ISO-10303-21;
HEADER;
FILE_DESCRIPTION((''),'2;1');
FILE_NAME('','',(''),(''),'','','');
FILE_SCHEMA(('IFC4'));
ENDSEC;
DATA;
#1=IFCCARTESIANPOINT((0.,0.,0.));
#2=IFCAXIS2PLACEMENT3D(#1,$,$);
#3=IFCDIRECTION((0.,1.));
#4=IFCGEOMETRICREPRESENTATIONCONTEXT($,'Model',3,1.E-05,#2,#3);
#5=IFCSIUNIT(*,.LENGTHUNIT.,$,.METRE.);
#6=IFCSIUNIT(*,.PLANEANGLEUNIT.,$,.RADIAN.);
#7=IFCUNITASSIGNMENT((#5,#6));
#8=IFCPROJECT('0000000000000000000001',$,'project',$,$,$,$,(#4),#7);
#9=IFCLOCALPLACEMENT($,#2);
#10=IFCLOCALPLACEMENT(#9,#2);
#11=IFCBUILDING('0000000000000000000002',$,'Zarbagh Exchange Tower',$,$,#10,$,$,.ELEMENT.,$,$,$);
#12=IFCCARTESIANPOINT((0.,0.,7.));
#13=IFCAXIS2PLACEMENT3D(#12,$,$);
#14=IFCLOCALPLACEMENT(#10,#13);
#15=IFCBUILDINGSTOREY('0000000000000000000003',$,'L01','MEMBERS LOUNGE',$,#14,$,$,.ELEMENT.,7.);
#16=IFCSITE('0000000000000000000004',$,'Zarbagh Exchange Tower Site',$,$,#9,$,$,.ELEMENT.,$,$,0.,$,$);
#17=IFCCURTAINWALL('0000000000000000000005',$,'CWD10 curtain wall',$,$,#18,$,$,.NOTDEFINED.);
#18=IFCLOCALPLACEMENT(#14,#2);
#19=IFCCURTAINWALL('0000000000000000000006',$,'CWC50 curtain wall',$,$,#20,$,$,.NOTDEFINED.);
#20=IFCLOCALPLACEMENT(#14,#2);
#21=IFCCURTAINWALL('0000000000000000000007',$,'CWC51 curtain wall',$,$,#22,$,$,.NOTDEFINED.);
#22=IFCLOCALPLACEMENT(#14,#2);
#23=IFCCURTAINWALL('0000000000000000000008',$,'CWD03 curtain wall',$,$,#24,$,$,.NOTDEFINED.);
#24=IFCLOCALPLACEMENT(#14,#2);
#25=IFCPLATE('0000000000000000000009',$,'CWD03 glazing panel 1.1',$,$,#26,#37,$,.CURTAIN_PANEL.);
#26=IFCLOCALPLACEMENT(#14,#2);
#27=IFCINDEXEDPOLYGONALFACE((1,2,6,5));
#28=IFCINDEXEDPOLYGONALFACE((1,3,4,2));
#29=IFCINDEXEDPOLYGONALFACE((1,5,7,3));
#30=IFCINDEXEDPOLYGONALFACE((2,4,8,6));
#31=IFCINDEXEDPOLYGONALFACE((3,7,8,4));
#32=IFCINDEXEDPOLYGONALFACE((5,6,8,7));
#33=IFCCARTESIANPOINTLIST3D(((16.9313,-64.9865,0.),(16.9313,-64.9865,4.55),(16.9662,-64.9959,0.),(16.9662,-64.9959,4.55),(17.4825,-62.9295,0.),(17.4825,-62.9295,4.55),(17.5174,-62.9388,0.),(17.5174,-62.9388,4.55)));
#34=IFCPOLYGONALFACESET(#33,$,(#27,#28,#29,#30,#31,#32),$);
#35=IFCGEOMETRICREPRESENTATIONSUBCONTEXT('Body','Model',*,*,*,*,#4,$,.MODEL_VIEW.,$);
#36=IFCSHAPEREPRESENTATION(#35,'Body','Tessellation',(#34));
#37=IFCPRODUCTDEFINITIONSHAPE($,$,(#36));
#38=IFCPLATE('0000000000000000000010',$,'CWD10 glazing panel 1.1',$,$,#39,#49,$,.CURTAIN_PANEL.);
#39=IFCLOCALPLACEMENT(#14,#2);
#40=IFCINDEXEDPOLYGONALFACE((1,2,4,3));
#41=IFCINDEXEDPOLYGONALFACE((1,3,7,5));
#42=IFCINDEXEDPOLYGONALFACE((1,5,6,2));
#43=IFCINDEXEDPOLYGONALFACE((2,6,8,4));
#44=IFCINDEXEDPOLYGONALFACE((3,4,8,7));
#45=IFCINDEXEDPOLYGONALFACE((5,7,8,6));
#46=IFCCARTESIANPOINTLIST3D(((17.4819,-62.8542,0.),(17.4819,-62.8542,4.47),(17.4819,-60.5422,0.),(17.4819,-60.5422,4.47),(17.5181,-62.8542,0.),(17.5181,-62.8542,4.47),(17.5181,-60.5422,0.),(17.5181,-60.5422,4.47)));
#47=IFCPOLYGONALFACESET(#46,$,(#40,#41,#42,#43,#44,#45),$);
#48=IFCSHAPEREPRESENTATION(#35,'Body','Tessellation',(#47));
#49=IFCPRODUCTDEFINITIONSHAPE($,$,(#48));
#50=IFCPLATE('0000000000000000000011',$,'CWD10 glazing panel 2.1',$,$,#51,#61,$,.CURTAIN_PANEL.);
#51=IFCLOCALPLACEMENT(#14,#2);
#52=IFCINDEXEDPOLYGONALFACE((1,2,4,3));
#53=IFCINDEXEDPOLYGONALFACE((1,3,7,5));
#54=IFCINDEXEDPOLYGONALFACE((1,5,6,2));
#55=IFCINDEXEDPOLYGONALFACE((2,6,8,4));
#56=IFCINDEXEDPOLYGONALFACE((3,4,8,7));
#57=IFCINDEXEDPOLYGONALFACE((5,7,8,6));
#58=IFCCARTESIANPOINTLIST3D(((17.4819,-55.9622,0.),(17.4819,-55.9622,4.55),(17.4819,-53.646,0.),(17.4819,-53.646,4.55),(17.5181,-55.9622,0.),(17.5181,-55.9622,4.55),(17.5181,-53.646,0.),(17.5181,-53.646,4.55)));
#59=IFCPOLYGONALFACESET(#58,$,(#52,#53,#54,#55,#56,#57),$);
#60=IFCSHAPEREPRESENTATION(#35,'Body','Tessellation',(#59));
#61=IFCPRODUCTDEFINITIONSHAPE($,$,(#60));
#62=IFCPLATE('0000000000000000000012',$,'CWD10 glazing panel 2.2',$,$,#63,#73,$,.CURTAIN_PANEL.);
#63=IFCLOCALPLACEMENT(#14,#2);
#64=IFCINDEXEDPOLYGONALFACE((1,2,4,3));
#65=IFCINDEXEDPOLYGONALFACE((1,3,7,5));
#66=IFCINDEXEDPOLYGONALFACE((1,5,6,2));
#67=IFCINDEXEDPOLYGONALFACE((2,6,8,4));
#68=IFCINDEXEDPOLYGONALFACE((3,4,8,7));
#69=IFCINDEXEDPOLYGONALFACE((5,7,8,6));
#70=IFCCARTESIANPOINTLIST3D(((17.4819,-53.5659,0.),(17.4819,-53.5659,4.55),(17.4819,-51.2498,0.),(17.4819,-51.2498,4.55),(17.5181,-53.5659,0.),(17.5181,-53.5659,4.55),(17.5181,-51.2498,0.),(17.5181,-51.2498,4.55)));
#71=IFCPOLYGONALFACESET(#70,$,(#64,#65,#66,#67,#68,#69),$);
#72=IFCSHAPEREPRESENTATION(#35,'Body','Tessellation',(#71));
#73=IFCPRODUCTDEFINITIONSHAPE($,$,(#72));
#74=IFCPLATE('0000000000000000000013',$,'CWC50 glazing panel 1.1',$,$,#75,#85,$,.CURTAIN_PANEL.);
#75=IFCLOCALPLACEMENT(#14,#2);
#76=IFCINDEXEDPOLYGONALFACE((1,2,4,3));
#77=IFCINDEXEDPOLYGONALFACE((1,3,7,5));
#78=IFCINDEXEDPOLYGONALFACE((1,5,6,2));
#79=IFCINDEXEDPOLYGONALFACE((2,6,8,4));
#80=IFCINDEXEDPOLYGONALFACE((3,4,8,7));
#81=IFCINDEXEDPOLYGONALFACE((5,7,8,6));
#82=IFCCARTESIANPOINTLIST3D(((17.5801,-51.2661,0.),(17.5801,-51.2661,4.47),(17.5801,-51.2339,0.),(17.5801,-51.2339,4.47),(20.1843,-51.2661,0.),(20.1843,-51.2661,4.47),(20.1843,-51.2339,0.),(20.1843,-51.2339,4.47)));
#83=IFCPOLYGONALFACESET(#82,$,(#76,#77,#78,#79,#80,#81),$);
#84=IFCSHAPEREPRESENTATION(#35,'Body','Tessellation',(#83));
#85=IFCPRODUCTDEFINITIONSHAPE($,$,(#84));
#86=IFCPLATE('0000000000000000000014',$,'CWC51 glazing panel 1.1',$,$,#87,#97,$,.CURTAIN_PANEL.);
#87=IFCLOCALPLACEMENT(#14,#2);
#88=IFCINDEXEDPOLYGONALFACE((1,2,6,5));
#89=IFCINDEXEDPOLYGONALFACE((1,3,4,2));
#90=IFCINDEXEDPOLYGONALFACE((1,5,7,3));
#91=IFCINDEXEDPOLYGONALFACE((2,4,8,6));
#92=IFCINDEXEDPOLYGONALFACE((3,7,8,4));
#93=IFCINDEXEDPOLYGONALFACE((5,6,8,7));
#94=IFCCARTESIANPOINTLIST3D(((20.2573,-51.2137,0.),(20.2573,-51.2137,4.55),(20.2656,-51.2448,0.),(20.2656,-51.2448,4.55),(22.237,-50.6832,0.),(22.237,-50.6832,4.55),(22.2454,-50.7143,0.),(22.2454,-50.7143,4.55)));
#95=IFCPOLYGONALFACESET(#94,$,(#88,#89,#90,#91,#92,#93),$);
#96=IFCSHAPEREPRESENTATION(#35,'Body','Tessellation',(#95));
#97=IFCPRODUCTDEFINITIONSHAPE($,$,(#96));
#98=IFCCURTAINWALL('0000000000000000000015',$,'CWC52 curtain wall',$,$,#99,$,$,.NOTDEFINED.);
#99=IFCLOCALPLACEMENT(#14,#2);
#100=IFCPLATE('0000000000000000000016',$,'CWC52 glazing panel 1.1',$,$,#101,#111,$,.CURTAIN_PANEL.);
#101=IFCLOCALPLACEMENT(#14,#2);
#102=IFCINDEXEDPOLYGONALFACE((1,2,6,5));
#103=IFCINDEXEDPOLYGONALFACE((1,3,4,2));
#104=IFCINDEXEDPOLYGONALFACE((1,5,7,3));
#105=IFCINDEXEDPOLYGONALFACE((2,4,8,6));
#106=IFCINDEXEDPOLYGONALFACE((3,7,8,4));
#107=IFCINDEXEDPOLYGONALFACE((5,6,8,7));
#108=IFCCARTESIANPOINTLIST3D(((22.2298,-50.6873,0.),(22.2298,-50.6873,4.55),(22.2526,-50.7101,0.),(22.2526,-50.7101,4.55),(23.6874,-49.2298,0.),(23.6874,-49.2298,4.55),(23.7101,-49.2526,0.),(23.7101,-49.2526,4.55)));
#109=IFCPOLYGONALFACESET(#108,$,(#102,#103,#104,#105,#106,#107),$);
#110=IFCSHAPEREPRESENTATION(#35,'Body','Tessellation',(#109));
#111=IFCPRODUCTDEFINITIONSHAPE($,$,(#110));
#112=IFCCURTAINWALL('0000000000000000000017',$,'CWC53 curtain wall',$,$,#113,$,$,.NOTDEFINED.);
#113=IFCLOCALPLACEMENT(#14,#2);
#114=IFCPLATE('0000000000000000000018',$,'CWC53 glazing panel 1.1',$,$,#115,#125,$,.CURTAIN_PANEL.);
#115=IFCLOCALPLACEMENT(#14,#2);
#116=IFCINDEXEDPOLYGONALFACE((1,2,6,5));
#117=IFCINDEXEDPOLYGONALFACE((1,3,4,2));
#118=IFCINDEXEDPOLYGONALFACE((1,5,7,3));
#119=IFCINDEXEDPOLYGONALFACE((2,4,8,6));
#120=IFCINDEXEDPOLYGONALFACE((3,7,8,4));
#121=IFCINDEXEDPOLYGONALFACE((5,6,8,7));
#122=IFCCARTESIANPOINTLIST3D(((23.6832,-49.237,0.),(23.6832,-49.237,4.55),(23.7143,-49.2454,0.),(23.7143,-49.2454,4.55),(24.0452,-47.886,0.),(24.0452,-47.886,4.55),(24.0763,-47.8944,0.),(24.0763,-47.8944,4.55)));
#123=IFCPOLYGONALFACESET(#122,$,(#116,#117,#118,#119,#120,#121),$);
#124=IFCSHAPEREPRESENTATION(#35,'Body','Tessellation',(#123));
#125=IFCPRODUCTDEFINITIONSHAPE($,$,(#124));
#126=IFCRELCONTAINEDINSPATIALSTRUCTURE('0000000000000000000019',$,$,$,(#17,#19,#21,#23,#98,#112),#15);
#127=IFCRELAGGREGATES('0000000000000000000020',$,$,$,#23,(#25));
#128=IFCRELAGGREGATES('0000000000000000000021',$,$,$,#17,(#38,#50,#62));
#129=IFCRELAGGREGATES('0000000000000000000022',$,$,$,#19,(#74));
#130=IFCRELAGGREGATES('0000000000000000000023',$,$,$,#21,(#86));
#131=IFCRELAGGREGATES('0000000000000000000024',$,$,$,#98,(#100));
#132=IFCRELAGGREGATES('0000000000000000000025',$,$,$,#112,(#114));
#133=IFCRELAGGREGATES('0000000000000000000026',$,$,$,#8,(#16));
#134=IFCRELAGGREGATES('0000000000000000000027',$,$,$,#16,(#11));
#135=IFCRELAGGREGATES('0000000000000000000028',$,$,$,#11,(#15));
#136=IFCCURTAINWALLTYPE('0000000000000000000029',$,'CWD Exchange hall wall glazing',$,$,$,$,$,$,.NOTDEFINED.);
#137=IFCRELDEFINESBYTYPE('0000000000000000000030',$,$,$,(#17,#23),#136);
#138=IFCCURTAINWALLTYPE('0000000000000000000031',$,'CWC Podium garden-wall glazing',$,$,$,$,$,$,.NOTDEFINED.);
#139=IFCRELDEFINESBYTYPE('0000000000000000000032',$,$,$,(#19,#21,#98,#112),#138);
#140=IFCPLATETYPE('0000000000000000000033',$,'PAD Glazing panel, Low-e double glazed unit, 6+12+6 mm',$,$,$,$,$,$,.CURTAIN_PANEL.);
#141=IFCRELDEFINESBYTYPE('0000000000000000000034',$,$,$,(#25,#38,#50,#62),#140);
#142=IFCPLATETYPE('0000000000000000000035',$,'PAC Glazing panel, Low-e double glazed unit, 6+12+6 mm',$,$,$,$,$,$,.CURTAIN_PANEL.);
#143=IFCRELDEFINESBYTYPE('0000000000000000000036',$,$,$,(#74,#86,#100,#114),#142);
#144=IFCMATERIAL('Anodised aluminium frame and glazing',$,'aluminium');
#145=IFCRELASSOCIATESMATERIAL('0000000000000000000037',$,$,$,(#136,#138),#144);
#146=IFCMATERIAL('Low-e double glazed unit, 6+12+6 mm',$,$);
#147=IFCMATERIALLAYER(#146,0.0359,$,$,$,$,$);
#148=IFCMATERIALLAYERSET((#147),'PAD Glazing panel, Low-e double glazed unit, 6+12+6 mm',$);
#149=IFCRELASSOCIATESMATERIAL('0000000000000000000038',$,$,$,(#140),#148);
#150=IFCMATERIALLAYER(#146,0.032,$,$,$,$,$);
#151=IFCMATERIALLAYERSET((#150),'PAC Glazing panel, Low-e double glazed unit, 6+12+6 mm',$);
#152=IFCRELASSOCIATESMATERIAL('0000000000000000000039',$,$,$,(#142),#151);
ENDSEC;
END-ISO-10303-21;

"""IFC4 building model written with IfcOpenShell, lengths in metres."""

from ifc_helpers import new_model, si_unit, direction, frame, origin, place, context, subcontext, project, spatial, polyline, outline, extrude, source, transform, mapped, material, layer, layer_set, type_object, element, aggregate, save


model = new_model("IFC4")

# Units and contexts
model_context = context("Model", 3, precision=1e-05, world=origin(), true_north=direction((0.0, 1.0)))
body_context = subcontext(model_context, "Body", "Model", "MODEL_VIEW")
ifc_project = project(units=[si_unit("LENGTHUNIT", "METRE"), si_unit("PLANEANGLEUNIT", "RADIAN")], contexts=[model_context])

# Site, building, storey
site_placement = place(None, origin())
site = spatial("IfcSite", under=ifc_project, at=site_placement, Name="Zarbagh Exchange Tower Site", CompositionType="ELEMENT", RefElevation=0.0)
building_placement = place(site_placement, origin())
building = spatial("IfcBuilding", under=site, at=building_placement, Name="Zarbagh Exchange Tower", CompositionType="ELEMENT")
storey_placement = place(building_placement, frame((0.0, 0.0, 7.0)))
storey = spatial("IfcBuildingStorey", under=building, at=storey_placement, Name="L01", Description="MEMBERS LOUNGE", CompositionType="ELEMENT", Elevation=7.0)

# Shared definitions
ifc_material_1 = material(Name="Anodised aluminium frame and glazing", Category="aluminium")
curtain_wall_type_1 = type_object("IfcCurtainWallType", Name="CWD Exchange hall wall glazing", PredefinedType="NOTDEFINED", material=ifc_material_1)
placement = place(storey_placement, origin())

# Curtain wall
curtain_wall_1_placement = place(storey_placement, origin())
curtain_wall_1 = element("IfcCurtainWall", 1, at=curtain_wall_1_placement, inside=storey, type_object=curtain_wall_type_1, Name="CWD10 curtain wall", PredefinedType="NOTDEFINED")

# Curtain walls
curtain_wall_type_2 = type_object("IfcCurtainWallType", Name="CWC Podium garden-wall glazing", PredefinedType="NOTDEFINED", material=ifc_material_1)
curtain_wall_2_placement = place(storey_placement, origin())
curtain_wall_2 = element("IfcCurtainWall", 2, at=curtain_wall_2_placement, inside=storey, type_object=curtain_wall_type_2, Name="CWC50 curtain wall", PredefinedType="NOTDEFINED")
curtain_wall_3_placement = place(storey_placement, origin())
curtain_wall_3 = element("IfcCurtainWall", 3, at=curtain_wall_3_placement, inside=storey, type_object=curtain_wall_type_2, Name="CWC51 curtain wall", PredefinedType="NOTDEFINED")

# Shared definitions
ifc_material_2 = material(Name="Low-e double glazed unit, 6+12+6 mm")
ifc_layer_1 = layer(ifc_material_2, 0.0359)
ifc_layer_set_1 = layer_set([ifc_layer_1], Name="PAD Glazing panel, Low-e double glazed unit, 6+12+6 mm")
plate_type_1 = type_object("IfcPlateType", Name="PAD Glazing panel, Low-e double glazed unit, 6+12+6 mm", PredefinedType="CURTAIN_PANEL", material=ifc_layer_set_1)

# Curtain wall, plate
curtain_wall_4_placement = place(storey_placement, origin())
curtain_wall_4 = element("IfcCurtainWall", 4, at=curtain_wall_4_placement, inside=storey, type_object=curtain_wall_type_1, Name="CWD03 curtain wall", PredefinedType="NOTDEFINED")
shared_shape_1 = source(origin(), body_context, "Body", "SweptSolid", [
    extrude(outline(polyline([(0.0, -0.0181), (2.1296, -0.0181), (2.1296, 0.0181), (0.0, 0.0181), (0.0, -0.0181)])), origin(), (0.0, 0.0, 1.0), 4.55),
])
plate_1 = element("IfcPlate", 5, at=placement, type_object=plate_type_1, Name="CWD03 glazing panel 1.1", PredefinedType="CURTAIN_PANEL", context=body_context, shape_type="MappedRepresentation", body=[
    mapped(shared_shape_1, transform((16.9487, -64.9912, 0.0), x_axis=(0.258825, 0.965924, 0.0), y_axis=(-0.965924, 0.258825, 0.0), z_axis=(0.0, 0.0, 1.0))),
])
aggregate(curtain_wall_4, [plate_1])

# Plates
shared_shape_2 = source(origin(), body_context, "Body", "SweptSolid", [
    extrude(outline(polyline([(0.0, -0.0181), (2.312, -0.0181), (2.312, 0.0181), (0.0, 0.0181), (0.0, -0.0181)])), origin(), (0.0, 0.0, 1.0), 4.47),
])
plate_2 = element("IfcPlate", 6, at=placement, type_object=plate_type_1, Name="CWD10 glazing panel 1.1", PredefinedType="CURTAIN_PANEL", context=body_context, shape_type="MappedRepresentation", body=[
    mapped(shared_shape_2, transform((17.5, -62.8542, 0.0), x_axis=(0.0, 1.0, 0.0), y_axis=(-1.0, 0.0, 0.0), z_axis=(0.0, 0.0, 1.0))),
])
shared_shape_3 = source(origin(), body_context, "Body", "SweptSolid", [
    extrude(outline(polyline([(0.0, -0.0181), (2.3162, -0.0181), (2.3162, 0.0181), (0.0, 0.0181), (0.0, -0.0181)])), origin(), (0.0, 0.0, 1.0), 4.55),
])
plate_3 = element("IfcPlate", 7, at=placement, type_object=plate_type_1, Name="CWD10 glazing panel 2.1", PredefinedType="CURTAIN_PANEL", context=body_context, shape_type="MappedRepresentation", body=[
    mapped(shared_shape_3, transform((17.5, -55.9622, 0.0), x_axis=(0.0, 1.0, 0.0), y_axis=(-1.0, 0.0, 0.0), z_axis=(0.0, 0.0, 1.0))),
])
plate_4 = element("IfcPlate", 8, at=placement, type_object=plate_type_1, Name="CWD10 glazing panel 2.2", PredefinedType="CURTAIN_PANEL", context=body_context, shape_type="MappedRepresentation", body=[
    mapped(shared_shape_3, transform((17.5, -53.5659, 0.0), x_axis=(0.0, 1.0, 0.0), y_axis=(-1.0, 0.0, 0.0), z_axis=(0.0, 0.0, 1.0))),
])
aggregate(curtain_wall_1, [plate_2, plate_3, plate_4])
ifc_layer_2 = layer(ifc_material_2, 0.032)
ifc_layer_set_2 = layer_set([ifc_layer_2], Name="PAC Glazing panel, Low-e double glazed unit, 6+12+6 mm")
plate_type_2 = type_object("IfcPlateType", Name="PAC Glazing panel, Low-e double glazed unit, 6+12+6 mm", PredefinedType="CURTAIN_PANEL", material=ifc_layer_set_2)
shared_shape_4 = source(origin(), body_context, "Body", "SweptSolid", [
    extrude(outline(polyline([(0.0, -0.0161), (2.6042, -0.0161), (2.6042, 0.0161), (0.0, 0.0161), (0.0, -0.0161)])), origin(), (0.0, 0.0, 1.0), 4.47),
])
plate_5 = element("IfcPlate", 9, at=placement, type_object=plate_type_2, Name="CWC50 glazing panel 1.1", PredefinedType="CURTAIN_PANEL", context=body_context, shape_type="MappedRepresentation", body=[
    mapped(shared_shape_4, transform((17.5801, -51.25, 0.0), x_axis=(1.0, 0.0, 0.0), y_axis=(0.0, 1.0, 0.0), z_axis=(0.0, 0.0, 1.0))),
])
aggregate(curtain_wall_2, [plate_5])
shared_shape_5 = source(origin(), body_context, "Body", "SweptSolid", [
    extrude(outline(polyline([(0.0, -0.0161), (2.0496, -0.0161), (2.0496, 0.0161), (0.0, 0.0161), (0.0, -0.0161)])), origin(), (0.0, 0.0, 1.0), 4.55),
])
plate_6 = element("IfcPlate", 10, at=placement, type_object=plate_type_2, Name="CWC51 glazing panel 1.1", PredefinedType="CURTAIN_PANEL", context=body_context, shape_type="MappedRepresentation", body=[
    mapped(shared_shape_5, transform((20.2615, -51.2292, 0.0), x_axis=(0.965924, 0.258825, 0.0), y_axis=(-0.258825, 0.965924, 0.0), z_axis=(0.0, 0.0, 1.0))),
])
aggregate(curtain_wall_3, [plate_6])

# Curtain walls, plates
curtain_wall_5_placement = place(storey_placement, origin())
curtain_wall_5 = element("IfcCurtainWall", 11, at=curtain_wall_5_placement, inside=storey, type_object=curtain_wall_type_2, Name="CWC52 curtain wall", PredefinedType="NOTDEFINED")
shared_shape_6 = source(origin(), body_context, "Body", "SweptSolid", [
    extrude(outline(polyline([(0.0, -0.0161), (2.0613, -0.0161), (2.0613, 0.0161), (0.0, 0.0161), (0.0, -0.0161)])), origin(), (0.0, 0.0, 1.0), 4.55),
])
plate_7 = element("IfcPlate", 12, at=placement, type_object=plate_type_2, Name="CWC52 glazing panel 1.1", PredefinedType="CURTAIN_PANEL", context=body_context, shape_type="MappedRepresentation", body=[
    mapped(shared_shape_6, transform((22.2412, -50.6987, 0.0), x_axis=(0.707107, 0.707107, 0.0), y_axis=(-0.707107, 0.707107, 0.0), z_axis=(0.0, 0.0, 1.0))),
])
aggregate(curtain_wall_5, [plate_7])
curtain_wall_6_placement = place(storey_placement, origin())
curtain_wall_6 = element("IfcCurtainWall", 13, at=curtain_wall_6_placement, inside=storey, type_object=curtain_wall_type_2, Name="CWC53 curtain wall", PredefinedType="NOTDEFINED")
shared_shape_7 = source(origin(), body_context, "Body", "SweptSolid", [
    extrude(outline(polyline([(0.0, -0.0161), (1.3987, -0.0161), (1.3987, 0.0161), (0.0, 0.0161), (0.0, -0.0161)])), origin(), (0.0, 0.0, 1.0), 4.55),
])
plate_8 = element("IfcPlate", 14, at=placement, type_object=plate_type_2, Name="CWC53 glazing panel 1.1", PredefinedType="CURTAIN_PANEL", context=body_context, shape_type="MappedRepresentation", body=[
    mapped(shared_shape_7, transform((23.6987, -49.2412, 0.0), x_axis=(0.258825, 0.965924, 0.0), y_axis=(-0.965924, 0.258825, 0.0), z_axis=(0.0, 0.0, 1.0))),
])
aggregate(curtain_wall_6, [plate_8])

save(model, "model.ifc")
